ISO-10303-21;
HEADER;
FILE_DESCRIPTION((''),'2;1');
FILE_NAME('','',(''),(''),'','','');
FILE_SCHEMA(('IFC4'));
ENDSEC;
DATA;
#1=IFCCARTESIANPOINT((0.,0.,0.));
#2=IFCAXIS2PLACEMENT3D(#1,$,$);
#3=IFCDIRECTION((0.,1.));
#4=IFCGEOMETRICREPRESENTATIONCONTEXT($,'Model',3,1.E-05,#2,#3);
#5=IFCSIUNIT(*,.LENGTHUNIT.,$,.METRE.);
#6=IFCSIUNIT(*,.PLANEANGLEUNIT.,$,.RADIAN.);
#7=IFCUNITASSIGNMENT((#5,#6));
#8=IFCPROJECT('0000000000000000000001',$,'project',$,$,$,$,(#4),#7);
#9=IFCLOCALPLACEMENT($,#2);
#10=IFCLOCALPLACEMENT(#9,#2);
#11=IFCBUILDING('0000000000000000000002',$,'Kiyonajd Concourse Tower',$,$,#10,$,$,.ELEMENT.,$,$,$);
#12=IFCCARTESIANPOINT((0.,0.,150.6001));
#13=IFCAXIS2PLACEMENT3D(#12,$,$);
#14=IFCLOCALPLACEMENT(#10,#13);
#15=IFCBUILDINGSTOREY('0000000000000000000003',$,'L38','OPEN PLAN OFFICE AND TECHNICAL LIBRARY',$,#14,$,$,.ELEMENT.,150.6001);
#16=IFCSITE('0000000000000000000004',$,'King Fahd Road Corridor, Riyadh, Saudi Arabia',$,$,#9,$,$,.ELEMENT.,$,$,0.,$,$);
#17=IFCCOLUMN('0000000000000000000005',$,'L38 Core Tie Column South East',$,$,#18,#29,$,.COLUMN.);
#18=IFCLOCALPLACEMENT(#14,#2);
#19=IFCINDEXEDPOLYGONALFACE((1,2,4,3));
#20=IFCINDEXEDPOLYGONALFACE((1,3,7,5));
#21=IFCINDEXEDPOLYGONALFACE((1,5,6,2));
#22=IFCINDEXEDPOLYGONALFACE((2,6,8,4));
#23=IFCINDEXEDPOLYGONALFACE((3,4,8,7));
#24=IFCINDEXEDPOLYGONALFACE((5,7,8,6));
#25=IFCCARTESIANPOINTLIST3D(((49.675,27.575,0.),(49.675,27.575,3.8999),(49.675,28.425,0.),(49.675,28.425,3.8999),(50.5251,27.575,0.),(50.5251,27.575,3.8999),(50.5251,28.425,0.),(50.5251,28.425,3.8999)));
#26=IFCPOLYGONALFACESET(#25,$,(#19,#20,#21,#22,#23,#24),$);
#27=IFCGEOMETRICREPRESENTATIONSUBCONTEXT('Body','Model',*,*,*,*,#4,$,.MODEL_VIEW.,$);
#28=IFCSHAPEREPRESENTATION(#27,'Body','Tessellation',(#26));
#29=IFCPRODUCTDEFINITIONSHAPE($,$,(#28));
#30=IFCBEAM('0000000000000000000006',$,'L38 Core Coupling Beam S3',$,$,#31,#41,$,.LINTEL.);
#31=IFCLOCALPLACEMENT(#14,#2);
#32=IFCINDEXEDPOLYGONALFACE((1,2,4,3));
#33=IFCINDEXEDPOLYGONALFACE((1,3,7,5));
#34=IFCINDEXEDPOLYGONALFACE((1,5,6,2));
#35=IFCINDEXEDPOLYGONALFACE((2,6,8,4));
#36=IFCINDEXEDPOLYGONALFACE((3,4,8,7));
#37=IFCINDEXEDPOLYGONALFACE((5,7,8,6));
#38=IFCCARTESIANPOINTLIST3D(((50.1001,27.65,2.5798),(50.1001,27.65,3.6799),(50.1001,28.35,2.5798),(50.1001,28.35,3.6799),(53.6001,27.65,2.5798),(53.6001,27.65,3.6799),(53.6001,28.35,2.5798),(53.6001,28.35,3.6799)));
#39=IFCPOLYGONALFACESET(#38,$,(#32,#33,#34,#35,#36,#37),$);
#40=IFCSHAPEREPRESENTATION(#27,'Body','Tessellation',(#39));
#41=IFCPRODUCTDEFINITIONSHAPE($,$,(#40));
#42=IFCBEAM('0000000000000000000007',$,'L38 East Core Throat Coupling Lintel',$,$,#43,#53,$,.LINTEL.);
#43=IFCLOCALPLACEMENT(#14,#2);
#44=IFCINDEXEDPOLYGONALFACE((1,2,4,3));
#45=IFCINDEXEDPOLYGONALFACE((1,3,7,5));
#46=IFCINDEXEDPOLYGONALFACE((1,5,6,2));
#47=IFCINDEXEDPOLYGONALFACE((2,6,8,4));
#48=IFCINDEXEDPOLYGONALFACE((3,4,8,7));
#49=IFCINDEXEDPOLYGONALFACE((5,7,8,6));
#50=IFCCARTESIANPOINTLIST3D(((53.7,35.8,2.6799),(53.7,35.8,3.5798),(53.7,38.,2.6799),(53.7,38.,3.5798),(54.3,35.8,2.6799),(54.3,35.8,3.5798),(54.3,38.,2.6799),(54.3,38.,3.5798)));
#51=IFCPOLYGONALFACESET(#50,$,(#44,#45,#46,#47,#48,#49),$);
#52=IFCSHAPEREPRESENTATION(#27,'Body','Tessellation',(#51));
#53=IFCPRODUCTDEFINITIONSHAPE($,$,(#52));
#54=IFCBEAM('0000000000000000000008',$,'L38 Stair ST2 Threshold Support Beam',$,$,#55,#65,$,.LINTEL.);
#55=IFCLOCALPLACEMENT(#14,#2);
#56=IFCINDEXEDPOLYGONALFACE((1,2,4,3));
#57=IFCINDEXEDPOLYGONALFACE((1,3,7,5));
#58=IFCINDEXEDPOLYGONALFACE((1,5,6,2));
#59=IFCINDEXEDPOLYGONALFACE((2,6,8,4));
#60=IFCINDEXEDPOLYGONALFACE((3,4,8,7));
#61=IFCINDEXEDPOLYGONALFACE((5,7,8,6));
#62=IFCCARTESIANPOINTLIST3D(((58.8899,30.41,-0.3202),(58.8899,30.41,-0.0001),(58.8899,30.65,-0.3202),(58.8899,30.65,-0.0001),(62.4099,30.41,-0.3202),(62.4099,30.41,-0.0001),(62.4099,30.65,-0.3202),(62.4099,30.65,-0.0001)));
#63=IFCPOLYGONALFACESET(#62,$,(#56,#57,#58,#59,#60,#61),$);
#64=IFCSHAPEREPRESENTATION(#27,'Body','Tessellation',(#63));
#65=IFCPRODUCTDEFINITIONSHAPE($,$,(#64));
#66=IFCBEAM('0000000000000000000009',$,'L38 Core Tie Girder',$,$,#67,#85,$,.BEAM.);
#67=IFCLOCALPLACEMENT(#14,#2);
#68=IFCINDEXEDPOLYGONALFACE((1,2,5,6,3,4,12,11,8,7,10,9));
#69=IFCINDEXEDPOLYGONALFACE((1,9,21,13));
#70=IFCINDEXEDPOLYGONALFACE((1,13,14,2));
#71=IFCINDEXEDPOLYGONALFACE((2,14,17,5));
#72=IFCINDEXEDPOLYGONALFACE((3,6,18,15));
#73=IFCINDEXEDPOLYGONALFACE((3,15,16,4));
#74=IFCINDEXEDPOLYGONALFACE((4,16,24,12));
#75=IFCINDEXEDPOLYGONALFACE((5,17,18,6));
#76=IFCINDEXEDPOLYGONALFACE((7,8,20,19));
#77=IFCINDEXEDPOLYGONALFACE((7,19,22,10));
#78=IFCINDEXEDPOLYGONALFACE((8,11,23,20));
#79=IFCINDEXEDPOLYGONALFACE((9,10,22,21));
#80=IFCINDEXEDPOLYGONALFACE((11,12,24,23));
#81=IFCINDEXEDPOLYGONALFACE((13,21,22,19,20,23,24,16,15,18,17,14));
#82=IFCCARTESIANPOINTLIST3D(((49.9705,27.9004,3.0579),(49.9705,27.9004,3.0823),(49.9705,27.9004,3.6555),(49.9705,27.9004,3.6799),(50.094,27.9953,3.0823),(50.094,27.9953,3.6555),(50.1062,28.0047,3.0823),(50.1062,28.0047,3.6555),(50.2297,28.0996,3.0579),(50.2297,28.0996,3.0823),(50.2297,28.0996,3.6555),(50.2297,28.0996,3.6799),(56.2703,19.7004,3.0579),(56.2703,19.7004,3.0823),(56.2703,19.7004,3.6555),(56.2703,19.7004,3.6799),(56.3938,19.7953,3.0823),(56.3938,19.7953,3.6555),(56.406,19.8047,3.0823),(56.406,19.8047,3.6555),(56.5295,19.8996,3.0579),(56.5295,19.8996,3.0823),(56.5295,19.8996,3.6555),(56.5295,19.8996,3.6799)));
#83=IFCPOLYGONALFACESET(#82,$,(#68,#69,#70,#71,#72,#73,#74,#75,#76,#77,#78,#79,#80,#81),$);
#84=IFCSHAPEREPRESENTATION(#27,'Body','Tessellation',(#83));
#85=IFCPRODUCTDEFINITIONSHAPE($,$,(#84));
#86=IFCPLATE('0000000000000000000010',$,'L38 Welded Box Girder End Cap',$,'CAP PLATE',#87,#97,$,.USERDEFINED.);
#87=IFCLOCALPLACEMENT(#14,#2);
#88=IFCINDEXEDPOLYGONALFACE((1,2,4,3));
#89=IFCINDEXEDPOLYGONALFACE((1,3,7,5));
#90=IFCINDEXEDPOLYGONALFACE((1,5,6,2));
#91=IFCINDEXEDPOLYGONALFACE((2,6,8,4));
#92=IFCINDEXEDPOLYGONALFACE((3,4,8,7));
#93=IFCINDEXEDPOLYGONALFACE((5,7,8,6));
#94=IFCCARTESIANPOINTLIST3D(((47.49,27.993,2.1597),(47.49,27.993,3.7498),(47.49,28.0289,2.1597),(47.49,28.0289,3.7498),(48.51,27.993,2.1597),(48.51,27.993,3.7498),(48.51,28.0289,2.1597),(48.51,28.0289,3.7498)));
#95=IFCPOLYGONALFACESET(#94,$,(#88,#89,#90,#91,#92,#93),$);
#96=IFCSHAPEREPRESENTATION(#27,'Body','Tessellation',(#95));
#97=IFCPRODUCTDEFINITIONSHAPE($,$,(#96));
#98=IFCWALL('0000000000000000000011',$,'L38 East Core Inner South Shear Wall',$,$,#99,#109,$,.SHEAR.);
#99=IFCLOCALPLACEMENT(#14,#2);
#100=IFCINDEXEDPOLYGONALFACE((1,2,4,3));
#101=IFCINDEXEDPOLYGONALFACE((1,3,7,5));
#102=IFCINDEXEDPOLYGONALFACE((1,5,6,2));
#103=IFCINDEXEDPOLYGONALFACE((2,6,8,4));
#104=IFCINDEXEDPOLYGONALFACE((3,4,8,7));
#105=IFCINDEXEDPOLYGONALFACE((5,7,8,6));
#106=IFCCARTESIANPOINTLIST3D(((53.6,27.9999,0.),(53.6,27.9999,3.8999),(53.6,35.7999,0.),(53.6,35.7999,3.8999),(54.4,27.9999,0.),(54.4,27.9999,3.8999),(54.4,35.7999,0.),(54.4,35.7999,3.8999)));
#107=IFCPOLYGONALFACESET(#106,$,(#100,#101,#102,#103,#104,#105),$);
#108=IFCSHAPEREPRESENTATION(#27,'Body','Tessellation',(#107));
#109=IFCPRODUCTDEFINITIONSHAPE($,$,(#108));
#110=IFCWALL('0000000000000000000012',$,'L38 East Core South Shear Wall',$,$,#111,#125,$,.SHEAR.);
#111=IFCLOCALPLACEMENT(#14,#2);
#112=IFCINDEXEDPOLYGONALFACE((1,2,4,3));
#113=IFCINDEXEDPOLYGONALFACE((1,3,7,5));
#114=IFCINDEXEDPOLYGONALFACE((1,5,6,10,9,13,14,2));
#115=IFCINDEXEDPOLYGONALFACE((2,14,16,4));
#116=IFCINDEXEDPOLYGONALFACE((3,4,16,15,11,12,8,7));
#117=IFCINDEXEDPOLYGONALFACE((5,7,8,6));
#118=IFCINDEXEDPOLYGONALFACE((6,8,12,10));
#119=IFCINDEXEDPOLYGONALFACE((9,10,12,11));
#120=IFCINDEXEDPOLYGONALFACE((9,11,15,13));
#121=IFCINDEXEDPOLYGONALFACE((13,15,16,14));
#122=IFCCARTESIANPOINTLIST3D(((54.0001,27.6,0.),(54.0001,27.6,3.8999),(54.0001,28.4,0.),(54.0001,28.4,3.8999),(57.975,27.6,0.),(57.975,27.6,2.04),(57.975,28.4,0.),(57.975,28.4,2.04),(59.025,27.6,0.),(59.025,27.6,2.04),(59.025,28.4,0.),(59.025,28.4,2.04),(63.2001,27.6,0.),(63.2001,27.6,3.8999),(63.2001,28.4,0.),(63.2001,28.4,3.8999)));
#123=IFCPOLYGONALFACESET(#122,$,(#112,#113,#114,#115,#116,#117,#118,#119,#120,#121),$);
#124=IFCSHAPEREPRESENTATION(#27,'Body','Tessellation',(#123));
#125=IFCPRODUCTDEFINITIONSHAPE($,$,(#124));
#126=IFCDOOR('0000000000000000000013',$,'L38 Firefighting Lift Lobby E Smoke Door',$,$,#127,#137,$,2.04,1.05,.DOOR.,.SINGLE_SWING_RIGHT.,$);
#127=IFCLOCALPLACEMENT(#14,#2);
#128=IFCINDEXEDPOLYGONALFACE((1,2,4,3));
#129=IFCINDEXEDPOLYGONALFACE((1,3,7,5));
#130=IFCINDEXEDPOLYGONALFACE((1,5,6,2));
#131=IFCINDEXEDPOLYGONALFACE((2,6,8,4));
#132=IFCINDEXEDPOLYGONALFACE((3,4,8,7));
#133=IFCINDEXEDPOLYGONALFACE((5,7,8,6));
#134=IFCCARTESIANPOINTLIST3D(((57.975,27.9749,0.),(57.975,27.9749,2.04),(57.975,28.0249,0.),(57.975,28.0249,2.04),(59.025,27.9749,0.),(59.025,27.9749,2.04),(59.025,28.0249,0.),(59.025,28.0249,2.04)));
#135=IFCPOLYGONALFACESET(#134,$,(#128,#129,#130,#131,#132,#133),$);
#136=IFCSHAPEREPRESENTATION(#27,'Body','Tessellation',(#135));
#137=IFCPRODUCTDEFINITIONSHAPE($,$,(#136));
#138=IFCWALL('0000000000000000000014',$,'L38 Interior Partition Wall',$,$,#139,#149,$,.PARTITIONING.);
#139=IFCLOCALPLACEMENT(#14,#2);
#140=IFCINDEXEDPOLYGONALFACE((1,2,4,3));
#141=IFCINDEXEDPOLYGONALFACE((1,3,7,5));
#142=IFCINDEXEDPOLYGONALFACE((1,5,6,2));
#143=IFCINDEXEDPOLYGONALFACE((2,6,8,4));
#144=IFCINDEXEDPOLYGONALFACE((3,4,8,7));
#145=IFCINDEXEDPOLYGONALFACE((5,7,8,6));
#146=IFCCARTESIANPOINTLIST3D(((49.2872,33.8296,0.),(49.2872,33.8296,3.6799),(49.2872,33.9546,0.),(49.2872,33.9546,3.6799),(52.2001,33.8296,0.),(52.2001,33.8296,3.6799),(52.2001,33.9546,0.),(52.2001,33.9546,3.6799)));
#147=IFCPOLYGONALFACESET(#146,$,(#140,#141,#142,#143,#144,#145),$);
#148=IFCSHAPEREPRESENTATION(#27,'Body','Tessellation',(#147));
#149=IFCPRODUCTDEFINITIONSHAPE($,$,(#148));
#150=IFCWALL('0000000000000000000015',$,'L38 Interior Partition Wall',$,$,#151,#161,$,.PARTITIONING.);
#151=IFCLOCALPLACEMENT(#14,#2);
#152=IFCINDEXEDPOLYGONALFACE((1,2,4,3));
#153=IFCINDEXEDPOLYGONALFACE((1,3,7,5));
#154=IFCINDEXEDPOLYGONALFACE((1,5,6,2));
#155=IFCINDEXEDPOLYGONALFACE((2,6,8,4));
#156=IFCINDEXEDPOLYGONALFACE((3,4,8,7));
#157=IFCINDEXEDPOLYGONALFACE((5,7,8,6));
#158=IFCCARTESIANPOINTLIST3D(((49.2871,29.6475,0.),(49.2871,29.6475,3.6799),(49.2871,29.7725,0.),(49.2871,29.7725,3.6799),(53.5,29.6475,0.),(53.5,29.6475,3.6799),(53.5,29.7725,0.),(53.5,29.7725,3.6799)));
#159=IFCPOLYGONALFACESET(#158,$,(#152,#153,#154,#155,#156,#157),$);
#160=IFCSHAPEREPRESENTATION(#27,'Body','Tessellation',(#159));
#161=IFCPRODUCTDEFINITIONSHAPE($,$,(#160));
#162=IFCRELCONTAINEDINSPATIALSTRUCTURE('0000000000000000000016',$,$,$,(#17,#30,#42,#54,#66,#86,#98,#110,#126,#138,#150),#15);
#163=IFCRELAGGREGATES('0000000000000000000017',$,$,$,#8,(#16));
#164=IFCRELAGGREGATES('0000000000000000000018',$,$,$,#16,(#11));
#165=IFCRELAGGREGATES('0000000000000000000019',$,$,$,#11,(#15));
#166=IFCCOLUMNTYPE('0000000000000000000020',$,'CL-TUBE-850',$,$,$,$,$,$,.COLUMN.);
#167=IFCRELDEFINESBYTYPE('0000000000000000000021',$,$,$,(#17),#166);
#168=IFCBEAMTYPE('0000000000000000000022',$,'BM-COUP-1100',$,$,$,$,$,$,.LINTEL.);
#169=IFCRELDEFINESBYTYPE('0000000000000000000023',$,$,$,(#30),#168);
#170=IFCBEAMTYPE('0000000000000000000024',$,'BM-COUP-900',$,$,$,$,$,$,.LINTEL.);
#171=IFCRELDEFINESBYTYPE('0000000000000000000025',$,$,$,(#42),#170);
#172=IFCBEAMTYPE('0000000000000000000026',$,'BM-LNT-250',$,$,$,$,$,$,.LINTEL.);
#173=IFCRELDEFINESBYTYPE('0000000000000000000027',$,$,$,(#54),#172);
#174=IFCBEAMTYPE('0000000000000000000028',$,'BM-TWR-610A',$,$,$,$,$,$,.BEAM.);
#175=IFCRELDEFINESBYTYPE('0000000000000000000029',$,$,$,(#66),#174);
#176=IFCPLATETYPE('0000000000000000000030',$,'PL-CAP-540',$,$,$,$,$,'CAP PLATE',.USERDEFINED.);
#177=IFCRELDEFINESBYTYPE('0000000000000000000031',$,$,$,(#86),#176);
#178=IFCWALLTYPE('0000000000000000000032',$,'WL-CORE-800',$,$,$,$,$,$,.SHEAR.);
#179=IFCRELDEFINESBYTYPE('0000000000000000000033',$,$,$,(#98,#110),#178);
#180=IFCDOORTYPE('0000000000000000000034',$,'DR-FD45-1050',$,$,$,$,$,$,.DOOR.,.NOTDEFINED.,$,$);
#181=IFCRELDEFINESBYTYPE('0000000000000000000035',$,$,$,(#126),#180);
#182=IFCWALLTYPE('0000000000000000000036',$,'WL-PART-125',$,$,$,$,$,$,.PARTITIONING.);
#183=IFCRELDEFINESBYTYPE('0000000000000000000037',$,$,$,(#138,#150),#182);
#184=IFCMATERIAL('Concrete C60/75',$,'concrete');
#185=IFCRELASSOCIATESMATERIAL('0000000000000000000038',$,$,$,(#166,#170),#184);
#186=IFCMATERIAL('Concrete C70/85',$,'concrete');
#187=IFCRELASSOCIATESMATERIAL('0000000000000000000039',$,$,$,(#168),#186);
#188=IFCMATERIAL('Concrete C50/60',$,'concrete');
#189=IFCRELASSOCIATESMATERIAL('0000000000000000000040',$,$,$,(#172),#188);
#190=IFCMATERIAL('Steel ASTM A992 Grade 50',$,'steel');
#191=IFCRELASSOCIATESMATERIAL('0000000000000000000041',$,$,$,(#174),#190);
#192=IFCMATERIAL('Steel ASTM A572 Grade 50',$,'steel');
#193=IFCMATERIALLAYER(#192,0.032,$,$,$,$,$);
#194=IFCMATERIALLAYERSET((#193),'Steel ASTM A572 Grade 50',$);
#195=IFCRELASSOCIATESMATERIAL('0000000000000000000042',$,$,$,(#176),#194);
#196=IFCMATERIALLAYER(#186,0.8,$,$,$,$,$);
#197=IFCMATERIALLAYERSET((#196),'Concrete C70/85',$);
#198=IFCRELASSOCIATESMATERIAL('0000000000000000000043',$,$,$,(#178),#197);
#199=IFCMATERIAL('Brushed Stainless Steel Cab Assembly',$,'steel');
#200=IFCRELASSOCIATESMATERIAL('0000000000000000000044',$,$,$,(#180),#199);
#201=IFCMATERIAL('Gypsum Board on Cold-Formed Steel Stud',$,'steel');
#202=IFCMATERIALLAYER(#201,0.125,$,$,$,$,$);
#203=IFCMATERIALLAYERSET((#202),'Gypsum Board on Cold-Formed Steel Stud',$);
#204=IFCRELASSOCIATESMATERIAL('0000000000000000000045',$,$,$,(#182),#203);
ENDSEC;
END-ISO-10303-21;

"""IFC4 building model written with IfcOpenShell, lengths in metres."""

from ifc_helpers import new_model, si_unit, direction, frame, frame_2d, origin, origin_2d, place, context, subcontext, project, spatial, rectangle, i_section, extrude, material, layer, layer_set, material_profile, profile_set, type_object, element, fill, save


model = new_model("IFC4")

# Units and contexts
model_context = context("Model", 3, precision=1e-05, world=origin(), true_north=direction((0.0, 1.0)))
body_context = subcontext(model_context, "Body", "Model", "MODEL_VIEW")
ifc_project = project(units=[si_unit("LENGTHUNIT", "METRE"), si_unit("PLANEANGLEUNIT", "RADIAN")], contexts=[model_context])

# Site, building, storey
site_placement = place(None, origin())
site = spatial("IfcSite", under=ifc_project, at=site_placement, Name="King Fahd Road Corridor, Riyadh, Saudi Arabia", CompositionType="ELEMENT", RefElevation=0.0)
building_placement = place(site_placement, origin())
building = spatial("IfcBuilding", under=site, at=building_placement, Name="Kiyonajd Concourse Tower", CompositionType="ELEMENT")
storey_placement = place(building_placement, frame((0.0, 0.0, 150.6001)))
storey = spatial("IfcBuildingStorey", under=building, at=storey_placement, Name="L38", Description="OPEN PLAN OFFICE AND TECHNICAL LIBRARY", CompositionType="ELEMENT", Elevation=150.6001)

# Column
ifc_material_1 = material(Name="Concrete C60/75", Category="concrete")
ifc_material_profile_1 = material_profile(ifc_material_1, rectangle(XDim=0.8501, YDim=0.8501, at=origin_2d()), Name="RC-850x850")
ifc_profile_set_1 = profile_set([ifc_material_profile_1], Name="Concrete C60/75")
column_type = type_object("IfcColumnType", Name="CL-TUBE-850", PredefinedType="COLUMN", material=ifc_profile_set_1)
column_placement = place(storey_placement, frame((50.1001, 28.0, 0.0), z_axis=(0.0, 0.0, 1.0), x_axis=(1.0, 0.0, 0.0)))
element("IfcColumn", 1, at=column_placement, inside=storey, type_object=column_type, Name="L38 Core Tie Column South East", PredefinedType="COLUMN", context=body_context, shape_type="SweptSolid", body=[
    extrude(rectangle(XDim=0.8501, YDim=0.8501, at=origin_2d()), origin(), (0.0, 0.0, 1.0), 3.8999),
])

# Beams
ifc_material_2 = material(Name="Concrete C70/85", Category="concrete")
ifc_material_profile_2 = material_profile(ifc_material_2, rectangle(XDim=0.7, YDim=1.1001, at=origin_2d()), Name="RCBM-700x1100")
ifc_profile_set_2 = profile_set([ifc_material_profile_2], Name="Concrete C70/85")
beam_type_1 = type_object("IfcBeamType", Name="BM-COUP-1100", PredefinedType="LINTEL", material=ifc_profile_set_2)
beam_1_placement = place(storey_placement, frame((50.1001, 28.0, 3.1299), z_axis=(1.0, 0.0, 0.0), x_axis=(0.0, 1.0, 0.0)))
element("IfcBeam", 2, at=beam_1_placement, inside=storey, type_object=beam_type_1, Name="L38 Core Coupling Beam S3", PredefinedType="LINTEL", context=body_context, shape_type="SweptSolid", body=[
    extrude(rectangle(XDim=0.7, YDim=1.1001, at=origin_2d()), origin(), (0.0, 0.0, 1.0), 3.5),
])
ifc_material_profile_3 = material_profile(ifc_material_1, rectangle(XDim=0.6001, YDim=0.8999, at=origin_2d()), Name="RCBM-600x900")
ifc_profile_set_3 = profile_set([ifc_material_profile_3], Name="Concrete C60/75")
beam_type_2 = type_object("IfcBeamType", Name="BM-COUP-900", PredefinedType="LINTEL", material=ifc_profile_set_3)
beam_2_placement = place(storey_placement, frame((54.0, 35.8, 3.1299), z_axis=(0.0, 1.0, 0.0), x_axis=(-1.0, 0.0, 0.0)))
element("IfcBeam", 3, at=beam_2_placement, inside=storey, type_object=beam_type_2, Name="L38 East Core Throat Coupling Lintel", PredefinedType="LINTEL", context=body_context, shape_type="SweptSolid", body=[
    extrude(rectangle(XDim=0.6001, YDim=0.8999, at=origin_2d()), origin(), (0.0, 0.0, 1.0), 2.2),
])
ifc_material_3 = material(Name="Concrete C50/60", Category="concrete")
ifc_material_profile_4 = material_profile(ifc_material_3, rectangle(XDim=0.24, YDim=0.3201, at=origin_2d()), Name="RCBM-240x320")
ifc_profile_set_4 = profile_set([ifc_material_profile_4], Name="Concrete C50/60")
beam_type_3 = type_object("IfcBeamType", Name="BM-LNT-250", PredefinedType="LINTEL", material=ifc_profile_set_4)
beam_3_placement = place(storey_placement, frame((58.8899, 30.53, -0.1602), z_axis=(1.0, 0.0, 0.0), x_axis=(0.0, 1.0, 0.0)))
element("IfcBeam", 4, at=beam_3_placement, inside=storey, type_object=beam_type_3, Name="L38 Stair ST2 Threshold Support Beam", PredefinedType="LINTEL", context=body_context, shape_type="SweptSolid", body=[
    extrude(rectangle(XDim=0.24, YDim=0.3201, at=origin_2d()), origin(), (0.0, 0.0, 1.0), 3.52),
])
ifc_material_4 = material(Name="Steel ASTM A992 Grade 50", Category="steel")
ifc_material_profile_5 = material_profile(ifc_material_4, i_section(OverallWidth=0.3269, OverallDepth=0.6221, WebThickness=0.0154, FlangeThickness=0.0244, at=origin_2d()), Name="W610X195")
ifc_profile_set_5 = profile_set([ifc_material_profile_5], Name="Steel ASTM A992 Grade 50")
beam_type_4 = type_object("IfcBeamType", Name="BM-TWR-610A", PredefinedType="BEAM", material=ifc_profile_set_5)
beam_4_placement = place(storey_placement, frame((50.1001, 28.0, 3.3689), z_axis=(0.609234, -0.792991, 0.0), x_axis=(0.792991, 0.609234, 0.0)))
element("IfcBeam", 5, at=beam_4_placement, inside=storey, type_object=beam_type_4, Name="L38 Core Tie Girder", PredefinedType="BEAM", context=body_context, shape_type="SweptSolid", body=[
    extrude(i_section(OverallWidth=0.3269, OverallDepth=0.6221, WebThickness=0.0154, FlangeThickness=0.0244, at=origin_2d()), origin(), (0.0, 0.0, 1.0), 10.3406),
])

# Plate
ifc_material_5 = material(Name="Steel ASTM A572 Grade 50", Category="steel")
ifc_layer_1 = layer(ifc_material_5, 0.032)
ifc_layer_set_1 = layer_set([ifc_layer_1], Name="Steel ASTM A572 Grade 50")
plate_type = type_object("IfcPlateType", Name="PL-CAP-540", ElementType="CAP PLATE", PredefinedType="USERDEFINED", material=ifc_layer_set_1)
plate_placement = place(storey_placement, frame((48.0, 28.011, 2.1597), z_axis=(0.0, 0.0, 1.0), x_axis=(0.0, 1.0, 0.0)))
element("IfcPlate", 6, at=plate_placement, inside=storey, type_object=plate_type, Name="L38 Welded Box Girder End Cap", ObjectType="CAP PLATE", PredefinedType="USERDEFINED", context=body_context, shape_type="SweptSolid", body=[
    extrude(rectangle(XDim=0.0359, YDim=1.02, at=origin_2d()), origin(), (0.0, 0.0, 1.0), 1.5901),
])

# Wall
ifc_layer_2 = layer(ifc_material_2, 0.8)
ifc_layer_set_2 = layer_set([ifc_layer_2], Name="Concrete C70/85")
wall_type_1 = type_object("IfcWallType", Name="WL-CORE-800", PredefinedType="SHEAR", material=ifc_layer_set_2)
wall_1_placement = place(storey_placement, frame((54.0, 28.0, 0.0), z_axis=(0.0, 0.0, 1.0), x_axis=(0.0, 1.0, 0.0)))
element("IfcWall", 7, at=wall_1_placement, inside=storey, type_object=wall_type_1, Name="L38 East Core Inner South Shear Wall", PredefinedType="SHEAR", context=body_context, shape_type="SweptSolid", body=[
    extrude(rectangle(XDim=7.8, YDim=0.8, at=frame_2d((3.8999, 0.0))), origin(), (0.0, 0.0, 1.0), 3.8999),
])

# Wall, opening, door
wall_2_placement = place(storey_placement, frame((54.0, 28.0, 0.0), z_axis=(0.0, 0.0, 1.0), x_axis=(1.0, 0.0, 0.0)))
wall_2 = element("IfcWall", 8, at=wall_2_placement, inside=storey, type_object=wall_type_1, Name="L38 East Core South Shear Wall", PredefinedType="SHEAR", context=body_context, shape_type="SweptSolid", body=[
    extrude(rectangle(XDim=9.2, YDim=0.8, at=frame_2d((4.6001, 0.0))), origin(), (0.0, 0.0, 1.0), 3.8999),
])
opening_1_placement = place(wall_2_placement, frame((3.9751, 0.0, 0.0)))
opening_1 = element("IfcOpeningElement", 9, at=opening_1_placement, cuts=wall_2, PredefinedType="OPENING", context=body_context, shape_type="SweptSolid", body=[
    extrude(rectangle(XDim=1.05, YDim=2.04, at=frame_2d((0.5249, 1.02))), frame((0.0, 0.4099, 0.0), z_axis=(0.0, -1.0, 0.0), x_axis=(1.0, 0.0, 0.0)), (0.0, 0.0, 1.0), 0.8201),
])
ifc_material_6 = material(Name="Brushed Stainless Steel Cab Assembly", Category="steel")
door_type_1 = type_object("IfcDoorType", Name="DR-FD45-1050", OperationType="NOTDEFINED", PredefinedType="DOOR", material=ifc_material_6)
door_1_placement = place(opening_1_placement, origin())
door_1 = element("IfcDoor", 10, at=door_1_placement, inside=storey, type_object=door_type_1, Name="L38 Firefighting Lift Lobby E Smoke Door", OperationType="SINGLE_SWING_RIGHT", OverallHeight=2.04, OverallWidth=1.05, PredefinedType="DOOR", context=body_context, shape_type="SweptSolid", body=[
    extrude(rectangle(XDim=1.05, YDim=2.04, at=frame_2d((0.5249, 1.02))), frame((0.0, 0.0249, 0.0), z_axis=(0.0, -1.0, 0.0), x_axis=(1.0, 0.0, 0.0)), (0.0, 0.0, 1.0), 0.05),
])
fill(opening_1, door_1)

# Walls
ifc_material_7 = material(Name="Gypsum Board on Cold-Formed Steel Stud", Category="steel")
ifc_layer_3 = layer(ifc_material_7, 0.125)
ifc_layer_set_3 = layer_set([ifc_layer_3], Name="Gypsum Board on Cold-Formed Steel Stud")
wall_type_2 = type_object("IfcWallType", Name="WL-PART-125", PredefinedType="PARTITIONING", material=ifc_layer_set_3)
wall_3_placement = place(storey_placement, frame((49.2871, 33.8921, 0.0), z_axis=(0.0, 0.0, 1.0), x_axis=(1.0, 0.0, 0.0)))
element("IfcWall", 11, at=wall_3_placement, inside=storey, type_object=wall_type_2, Name="L38 Interior Partition Wall", PredefinedType="PARTITIONING", context=body_context, shape_type="SweptSolid", body=[
    extrude(rectangle(XDim=2.9128, YDim=0.125, at=frame_2d((1.4565, 0.0))), origin(), (0.0, 0.0, 1.0), 3.6799),
])
wall_4_placement = place(storey_placement, frame((49.2871, 29.71, 0.0), z_axis=(0.0, 0.0, 1.0), x_axis=(1.0, 0.0, 0.0)))
element("IfcWall", 12, at=wall_4_placement, inside=storey, type_object=wall_type_2, Name="L38 Interior Partition Wall", PredefinedType="PARTITIONING", context=body_context, shape_type="SweptSolid", body=[
    extrude(rectangle(XDim=4.2129, YDim=0.125, at=frame_2d((2.1064, 0.0))), origin(), (0.0, 0.0, 1.0), 3.6799),
])

save(model, "model.ifc")
